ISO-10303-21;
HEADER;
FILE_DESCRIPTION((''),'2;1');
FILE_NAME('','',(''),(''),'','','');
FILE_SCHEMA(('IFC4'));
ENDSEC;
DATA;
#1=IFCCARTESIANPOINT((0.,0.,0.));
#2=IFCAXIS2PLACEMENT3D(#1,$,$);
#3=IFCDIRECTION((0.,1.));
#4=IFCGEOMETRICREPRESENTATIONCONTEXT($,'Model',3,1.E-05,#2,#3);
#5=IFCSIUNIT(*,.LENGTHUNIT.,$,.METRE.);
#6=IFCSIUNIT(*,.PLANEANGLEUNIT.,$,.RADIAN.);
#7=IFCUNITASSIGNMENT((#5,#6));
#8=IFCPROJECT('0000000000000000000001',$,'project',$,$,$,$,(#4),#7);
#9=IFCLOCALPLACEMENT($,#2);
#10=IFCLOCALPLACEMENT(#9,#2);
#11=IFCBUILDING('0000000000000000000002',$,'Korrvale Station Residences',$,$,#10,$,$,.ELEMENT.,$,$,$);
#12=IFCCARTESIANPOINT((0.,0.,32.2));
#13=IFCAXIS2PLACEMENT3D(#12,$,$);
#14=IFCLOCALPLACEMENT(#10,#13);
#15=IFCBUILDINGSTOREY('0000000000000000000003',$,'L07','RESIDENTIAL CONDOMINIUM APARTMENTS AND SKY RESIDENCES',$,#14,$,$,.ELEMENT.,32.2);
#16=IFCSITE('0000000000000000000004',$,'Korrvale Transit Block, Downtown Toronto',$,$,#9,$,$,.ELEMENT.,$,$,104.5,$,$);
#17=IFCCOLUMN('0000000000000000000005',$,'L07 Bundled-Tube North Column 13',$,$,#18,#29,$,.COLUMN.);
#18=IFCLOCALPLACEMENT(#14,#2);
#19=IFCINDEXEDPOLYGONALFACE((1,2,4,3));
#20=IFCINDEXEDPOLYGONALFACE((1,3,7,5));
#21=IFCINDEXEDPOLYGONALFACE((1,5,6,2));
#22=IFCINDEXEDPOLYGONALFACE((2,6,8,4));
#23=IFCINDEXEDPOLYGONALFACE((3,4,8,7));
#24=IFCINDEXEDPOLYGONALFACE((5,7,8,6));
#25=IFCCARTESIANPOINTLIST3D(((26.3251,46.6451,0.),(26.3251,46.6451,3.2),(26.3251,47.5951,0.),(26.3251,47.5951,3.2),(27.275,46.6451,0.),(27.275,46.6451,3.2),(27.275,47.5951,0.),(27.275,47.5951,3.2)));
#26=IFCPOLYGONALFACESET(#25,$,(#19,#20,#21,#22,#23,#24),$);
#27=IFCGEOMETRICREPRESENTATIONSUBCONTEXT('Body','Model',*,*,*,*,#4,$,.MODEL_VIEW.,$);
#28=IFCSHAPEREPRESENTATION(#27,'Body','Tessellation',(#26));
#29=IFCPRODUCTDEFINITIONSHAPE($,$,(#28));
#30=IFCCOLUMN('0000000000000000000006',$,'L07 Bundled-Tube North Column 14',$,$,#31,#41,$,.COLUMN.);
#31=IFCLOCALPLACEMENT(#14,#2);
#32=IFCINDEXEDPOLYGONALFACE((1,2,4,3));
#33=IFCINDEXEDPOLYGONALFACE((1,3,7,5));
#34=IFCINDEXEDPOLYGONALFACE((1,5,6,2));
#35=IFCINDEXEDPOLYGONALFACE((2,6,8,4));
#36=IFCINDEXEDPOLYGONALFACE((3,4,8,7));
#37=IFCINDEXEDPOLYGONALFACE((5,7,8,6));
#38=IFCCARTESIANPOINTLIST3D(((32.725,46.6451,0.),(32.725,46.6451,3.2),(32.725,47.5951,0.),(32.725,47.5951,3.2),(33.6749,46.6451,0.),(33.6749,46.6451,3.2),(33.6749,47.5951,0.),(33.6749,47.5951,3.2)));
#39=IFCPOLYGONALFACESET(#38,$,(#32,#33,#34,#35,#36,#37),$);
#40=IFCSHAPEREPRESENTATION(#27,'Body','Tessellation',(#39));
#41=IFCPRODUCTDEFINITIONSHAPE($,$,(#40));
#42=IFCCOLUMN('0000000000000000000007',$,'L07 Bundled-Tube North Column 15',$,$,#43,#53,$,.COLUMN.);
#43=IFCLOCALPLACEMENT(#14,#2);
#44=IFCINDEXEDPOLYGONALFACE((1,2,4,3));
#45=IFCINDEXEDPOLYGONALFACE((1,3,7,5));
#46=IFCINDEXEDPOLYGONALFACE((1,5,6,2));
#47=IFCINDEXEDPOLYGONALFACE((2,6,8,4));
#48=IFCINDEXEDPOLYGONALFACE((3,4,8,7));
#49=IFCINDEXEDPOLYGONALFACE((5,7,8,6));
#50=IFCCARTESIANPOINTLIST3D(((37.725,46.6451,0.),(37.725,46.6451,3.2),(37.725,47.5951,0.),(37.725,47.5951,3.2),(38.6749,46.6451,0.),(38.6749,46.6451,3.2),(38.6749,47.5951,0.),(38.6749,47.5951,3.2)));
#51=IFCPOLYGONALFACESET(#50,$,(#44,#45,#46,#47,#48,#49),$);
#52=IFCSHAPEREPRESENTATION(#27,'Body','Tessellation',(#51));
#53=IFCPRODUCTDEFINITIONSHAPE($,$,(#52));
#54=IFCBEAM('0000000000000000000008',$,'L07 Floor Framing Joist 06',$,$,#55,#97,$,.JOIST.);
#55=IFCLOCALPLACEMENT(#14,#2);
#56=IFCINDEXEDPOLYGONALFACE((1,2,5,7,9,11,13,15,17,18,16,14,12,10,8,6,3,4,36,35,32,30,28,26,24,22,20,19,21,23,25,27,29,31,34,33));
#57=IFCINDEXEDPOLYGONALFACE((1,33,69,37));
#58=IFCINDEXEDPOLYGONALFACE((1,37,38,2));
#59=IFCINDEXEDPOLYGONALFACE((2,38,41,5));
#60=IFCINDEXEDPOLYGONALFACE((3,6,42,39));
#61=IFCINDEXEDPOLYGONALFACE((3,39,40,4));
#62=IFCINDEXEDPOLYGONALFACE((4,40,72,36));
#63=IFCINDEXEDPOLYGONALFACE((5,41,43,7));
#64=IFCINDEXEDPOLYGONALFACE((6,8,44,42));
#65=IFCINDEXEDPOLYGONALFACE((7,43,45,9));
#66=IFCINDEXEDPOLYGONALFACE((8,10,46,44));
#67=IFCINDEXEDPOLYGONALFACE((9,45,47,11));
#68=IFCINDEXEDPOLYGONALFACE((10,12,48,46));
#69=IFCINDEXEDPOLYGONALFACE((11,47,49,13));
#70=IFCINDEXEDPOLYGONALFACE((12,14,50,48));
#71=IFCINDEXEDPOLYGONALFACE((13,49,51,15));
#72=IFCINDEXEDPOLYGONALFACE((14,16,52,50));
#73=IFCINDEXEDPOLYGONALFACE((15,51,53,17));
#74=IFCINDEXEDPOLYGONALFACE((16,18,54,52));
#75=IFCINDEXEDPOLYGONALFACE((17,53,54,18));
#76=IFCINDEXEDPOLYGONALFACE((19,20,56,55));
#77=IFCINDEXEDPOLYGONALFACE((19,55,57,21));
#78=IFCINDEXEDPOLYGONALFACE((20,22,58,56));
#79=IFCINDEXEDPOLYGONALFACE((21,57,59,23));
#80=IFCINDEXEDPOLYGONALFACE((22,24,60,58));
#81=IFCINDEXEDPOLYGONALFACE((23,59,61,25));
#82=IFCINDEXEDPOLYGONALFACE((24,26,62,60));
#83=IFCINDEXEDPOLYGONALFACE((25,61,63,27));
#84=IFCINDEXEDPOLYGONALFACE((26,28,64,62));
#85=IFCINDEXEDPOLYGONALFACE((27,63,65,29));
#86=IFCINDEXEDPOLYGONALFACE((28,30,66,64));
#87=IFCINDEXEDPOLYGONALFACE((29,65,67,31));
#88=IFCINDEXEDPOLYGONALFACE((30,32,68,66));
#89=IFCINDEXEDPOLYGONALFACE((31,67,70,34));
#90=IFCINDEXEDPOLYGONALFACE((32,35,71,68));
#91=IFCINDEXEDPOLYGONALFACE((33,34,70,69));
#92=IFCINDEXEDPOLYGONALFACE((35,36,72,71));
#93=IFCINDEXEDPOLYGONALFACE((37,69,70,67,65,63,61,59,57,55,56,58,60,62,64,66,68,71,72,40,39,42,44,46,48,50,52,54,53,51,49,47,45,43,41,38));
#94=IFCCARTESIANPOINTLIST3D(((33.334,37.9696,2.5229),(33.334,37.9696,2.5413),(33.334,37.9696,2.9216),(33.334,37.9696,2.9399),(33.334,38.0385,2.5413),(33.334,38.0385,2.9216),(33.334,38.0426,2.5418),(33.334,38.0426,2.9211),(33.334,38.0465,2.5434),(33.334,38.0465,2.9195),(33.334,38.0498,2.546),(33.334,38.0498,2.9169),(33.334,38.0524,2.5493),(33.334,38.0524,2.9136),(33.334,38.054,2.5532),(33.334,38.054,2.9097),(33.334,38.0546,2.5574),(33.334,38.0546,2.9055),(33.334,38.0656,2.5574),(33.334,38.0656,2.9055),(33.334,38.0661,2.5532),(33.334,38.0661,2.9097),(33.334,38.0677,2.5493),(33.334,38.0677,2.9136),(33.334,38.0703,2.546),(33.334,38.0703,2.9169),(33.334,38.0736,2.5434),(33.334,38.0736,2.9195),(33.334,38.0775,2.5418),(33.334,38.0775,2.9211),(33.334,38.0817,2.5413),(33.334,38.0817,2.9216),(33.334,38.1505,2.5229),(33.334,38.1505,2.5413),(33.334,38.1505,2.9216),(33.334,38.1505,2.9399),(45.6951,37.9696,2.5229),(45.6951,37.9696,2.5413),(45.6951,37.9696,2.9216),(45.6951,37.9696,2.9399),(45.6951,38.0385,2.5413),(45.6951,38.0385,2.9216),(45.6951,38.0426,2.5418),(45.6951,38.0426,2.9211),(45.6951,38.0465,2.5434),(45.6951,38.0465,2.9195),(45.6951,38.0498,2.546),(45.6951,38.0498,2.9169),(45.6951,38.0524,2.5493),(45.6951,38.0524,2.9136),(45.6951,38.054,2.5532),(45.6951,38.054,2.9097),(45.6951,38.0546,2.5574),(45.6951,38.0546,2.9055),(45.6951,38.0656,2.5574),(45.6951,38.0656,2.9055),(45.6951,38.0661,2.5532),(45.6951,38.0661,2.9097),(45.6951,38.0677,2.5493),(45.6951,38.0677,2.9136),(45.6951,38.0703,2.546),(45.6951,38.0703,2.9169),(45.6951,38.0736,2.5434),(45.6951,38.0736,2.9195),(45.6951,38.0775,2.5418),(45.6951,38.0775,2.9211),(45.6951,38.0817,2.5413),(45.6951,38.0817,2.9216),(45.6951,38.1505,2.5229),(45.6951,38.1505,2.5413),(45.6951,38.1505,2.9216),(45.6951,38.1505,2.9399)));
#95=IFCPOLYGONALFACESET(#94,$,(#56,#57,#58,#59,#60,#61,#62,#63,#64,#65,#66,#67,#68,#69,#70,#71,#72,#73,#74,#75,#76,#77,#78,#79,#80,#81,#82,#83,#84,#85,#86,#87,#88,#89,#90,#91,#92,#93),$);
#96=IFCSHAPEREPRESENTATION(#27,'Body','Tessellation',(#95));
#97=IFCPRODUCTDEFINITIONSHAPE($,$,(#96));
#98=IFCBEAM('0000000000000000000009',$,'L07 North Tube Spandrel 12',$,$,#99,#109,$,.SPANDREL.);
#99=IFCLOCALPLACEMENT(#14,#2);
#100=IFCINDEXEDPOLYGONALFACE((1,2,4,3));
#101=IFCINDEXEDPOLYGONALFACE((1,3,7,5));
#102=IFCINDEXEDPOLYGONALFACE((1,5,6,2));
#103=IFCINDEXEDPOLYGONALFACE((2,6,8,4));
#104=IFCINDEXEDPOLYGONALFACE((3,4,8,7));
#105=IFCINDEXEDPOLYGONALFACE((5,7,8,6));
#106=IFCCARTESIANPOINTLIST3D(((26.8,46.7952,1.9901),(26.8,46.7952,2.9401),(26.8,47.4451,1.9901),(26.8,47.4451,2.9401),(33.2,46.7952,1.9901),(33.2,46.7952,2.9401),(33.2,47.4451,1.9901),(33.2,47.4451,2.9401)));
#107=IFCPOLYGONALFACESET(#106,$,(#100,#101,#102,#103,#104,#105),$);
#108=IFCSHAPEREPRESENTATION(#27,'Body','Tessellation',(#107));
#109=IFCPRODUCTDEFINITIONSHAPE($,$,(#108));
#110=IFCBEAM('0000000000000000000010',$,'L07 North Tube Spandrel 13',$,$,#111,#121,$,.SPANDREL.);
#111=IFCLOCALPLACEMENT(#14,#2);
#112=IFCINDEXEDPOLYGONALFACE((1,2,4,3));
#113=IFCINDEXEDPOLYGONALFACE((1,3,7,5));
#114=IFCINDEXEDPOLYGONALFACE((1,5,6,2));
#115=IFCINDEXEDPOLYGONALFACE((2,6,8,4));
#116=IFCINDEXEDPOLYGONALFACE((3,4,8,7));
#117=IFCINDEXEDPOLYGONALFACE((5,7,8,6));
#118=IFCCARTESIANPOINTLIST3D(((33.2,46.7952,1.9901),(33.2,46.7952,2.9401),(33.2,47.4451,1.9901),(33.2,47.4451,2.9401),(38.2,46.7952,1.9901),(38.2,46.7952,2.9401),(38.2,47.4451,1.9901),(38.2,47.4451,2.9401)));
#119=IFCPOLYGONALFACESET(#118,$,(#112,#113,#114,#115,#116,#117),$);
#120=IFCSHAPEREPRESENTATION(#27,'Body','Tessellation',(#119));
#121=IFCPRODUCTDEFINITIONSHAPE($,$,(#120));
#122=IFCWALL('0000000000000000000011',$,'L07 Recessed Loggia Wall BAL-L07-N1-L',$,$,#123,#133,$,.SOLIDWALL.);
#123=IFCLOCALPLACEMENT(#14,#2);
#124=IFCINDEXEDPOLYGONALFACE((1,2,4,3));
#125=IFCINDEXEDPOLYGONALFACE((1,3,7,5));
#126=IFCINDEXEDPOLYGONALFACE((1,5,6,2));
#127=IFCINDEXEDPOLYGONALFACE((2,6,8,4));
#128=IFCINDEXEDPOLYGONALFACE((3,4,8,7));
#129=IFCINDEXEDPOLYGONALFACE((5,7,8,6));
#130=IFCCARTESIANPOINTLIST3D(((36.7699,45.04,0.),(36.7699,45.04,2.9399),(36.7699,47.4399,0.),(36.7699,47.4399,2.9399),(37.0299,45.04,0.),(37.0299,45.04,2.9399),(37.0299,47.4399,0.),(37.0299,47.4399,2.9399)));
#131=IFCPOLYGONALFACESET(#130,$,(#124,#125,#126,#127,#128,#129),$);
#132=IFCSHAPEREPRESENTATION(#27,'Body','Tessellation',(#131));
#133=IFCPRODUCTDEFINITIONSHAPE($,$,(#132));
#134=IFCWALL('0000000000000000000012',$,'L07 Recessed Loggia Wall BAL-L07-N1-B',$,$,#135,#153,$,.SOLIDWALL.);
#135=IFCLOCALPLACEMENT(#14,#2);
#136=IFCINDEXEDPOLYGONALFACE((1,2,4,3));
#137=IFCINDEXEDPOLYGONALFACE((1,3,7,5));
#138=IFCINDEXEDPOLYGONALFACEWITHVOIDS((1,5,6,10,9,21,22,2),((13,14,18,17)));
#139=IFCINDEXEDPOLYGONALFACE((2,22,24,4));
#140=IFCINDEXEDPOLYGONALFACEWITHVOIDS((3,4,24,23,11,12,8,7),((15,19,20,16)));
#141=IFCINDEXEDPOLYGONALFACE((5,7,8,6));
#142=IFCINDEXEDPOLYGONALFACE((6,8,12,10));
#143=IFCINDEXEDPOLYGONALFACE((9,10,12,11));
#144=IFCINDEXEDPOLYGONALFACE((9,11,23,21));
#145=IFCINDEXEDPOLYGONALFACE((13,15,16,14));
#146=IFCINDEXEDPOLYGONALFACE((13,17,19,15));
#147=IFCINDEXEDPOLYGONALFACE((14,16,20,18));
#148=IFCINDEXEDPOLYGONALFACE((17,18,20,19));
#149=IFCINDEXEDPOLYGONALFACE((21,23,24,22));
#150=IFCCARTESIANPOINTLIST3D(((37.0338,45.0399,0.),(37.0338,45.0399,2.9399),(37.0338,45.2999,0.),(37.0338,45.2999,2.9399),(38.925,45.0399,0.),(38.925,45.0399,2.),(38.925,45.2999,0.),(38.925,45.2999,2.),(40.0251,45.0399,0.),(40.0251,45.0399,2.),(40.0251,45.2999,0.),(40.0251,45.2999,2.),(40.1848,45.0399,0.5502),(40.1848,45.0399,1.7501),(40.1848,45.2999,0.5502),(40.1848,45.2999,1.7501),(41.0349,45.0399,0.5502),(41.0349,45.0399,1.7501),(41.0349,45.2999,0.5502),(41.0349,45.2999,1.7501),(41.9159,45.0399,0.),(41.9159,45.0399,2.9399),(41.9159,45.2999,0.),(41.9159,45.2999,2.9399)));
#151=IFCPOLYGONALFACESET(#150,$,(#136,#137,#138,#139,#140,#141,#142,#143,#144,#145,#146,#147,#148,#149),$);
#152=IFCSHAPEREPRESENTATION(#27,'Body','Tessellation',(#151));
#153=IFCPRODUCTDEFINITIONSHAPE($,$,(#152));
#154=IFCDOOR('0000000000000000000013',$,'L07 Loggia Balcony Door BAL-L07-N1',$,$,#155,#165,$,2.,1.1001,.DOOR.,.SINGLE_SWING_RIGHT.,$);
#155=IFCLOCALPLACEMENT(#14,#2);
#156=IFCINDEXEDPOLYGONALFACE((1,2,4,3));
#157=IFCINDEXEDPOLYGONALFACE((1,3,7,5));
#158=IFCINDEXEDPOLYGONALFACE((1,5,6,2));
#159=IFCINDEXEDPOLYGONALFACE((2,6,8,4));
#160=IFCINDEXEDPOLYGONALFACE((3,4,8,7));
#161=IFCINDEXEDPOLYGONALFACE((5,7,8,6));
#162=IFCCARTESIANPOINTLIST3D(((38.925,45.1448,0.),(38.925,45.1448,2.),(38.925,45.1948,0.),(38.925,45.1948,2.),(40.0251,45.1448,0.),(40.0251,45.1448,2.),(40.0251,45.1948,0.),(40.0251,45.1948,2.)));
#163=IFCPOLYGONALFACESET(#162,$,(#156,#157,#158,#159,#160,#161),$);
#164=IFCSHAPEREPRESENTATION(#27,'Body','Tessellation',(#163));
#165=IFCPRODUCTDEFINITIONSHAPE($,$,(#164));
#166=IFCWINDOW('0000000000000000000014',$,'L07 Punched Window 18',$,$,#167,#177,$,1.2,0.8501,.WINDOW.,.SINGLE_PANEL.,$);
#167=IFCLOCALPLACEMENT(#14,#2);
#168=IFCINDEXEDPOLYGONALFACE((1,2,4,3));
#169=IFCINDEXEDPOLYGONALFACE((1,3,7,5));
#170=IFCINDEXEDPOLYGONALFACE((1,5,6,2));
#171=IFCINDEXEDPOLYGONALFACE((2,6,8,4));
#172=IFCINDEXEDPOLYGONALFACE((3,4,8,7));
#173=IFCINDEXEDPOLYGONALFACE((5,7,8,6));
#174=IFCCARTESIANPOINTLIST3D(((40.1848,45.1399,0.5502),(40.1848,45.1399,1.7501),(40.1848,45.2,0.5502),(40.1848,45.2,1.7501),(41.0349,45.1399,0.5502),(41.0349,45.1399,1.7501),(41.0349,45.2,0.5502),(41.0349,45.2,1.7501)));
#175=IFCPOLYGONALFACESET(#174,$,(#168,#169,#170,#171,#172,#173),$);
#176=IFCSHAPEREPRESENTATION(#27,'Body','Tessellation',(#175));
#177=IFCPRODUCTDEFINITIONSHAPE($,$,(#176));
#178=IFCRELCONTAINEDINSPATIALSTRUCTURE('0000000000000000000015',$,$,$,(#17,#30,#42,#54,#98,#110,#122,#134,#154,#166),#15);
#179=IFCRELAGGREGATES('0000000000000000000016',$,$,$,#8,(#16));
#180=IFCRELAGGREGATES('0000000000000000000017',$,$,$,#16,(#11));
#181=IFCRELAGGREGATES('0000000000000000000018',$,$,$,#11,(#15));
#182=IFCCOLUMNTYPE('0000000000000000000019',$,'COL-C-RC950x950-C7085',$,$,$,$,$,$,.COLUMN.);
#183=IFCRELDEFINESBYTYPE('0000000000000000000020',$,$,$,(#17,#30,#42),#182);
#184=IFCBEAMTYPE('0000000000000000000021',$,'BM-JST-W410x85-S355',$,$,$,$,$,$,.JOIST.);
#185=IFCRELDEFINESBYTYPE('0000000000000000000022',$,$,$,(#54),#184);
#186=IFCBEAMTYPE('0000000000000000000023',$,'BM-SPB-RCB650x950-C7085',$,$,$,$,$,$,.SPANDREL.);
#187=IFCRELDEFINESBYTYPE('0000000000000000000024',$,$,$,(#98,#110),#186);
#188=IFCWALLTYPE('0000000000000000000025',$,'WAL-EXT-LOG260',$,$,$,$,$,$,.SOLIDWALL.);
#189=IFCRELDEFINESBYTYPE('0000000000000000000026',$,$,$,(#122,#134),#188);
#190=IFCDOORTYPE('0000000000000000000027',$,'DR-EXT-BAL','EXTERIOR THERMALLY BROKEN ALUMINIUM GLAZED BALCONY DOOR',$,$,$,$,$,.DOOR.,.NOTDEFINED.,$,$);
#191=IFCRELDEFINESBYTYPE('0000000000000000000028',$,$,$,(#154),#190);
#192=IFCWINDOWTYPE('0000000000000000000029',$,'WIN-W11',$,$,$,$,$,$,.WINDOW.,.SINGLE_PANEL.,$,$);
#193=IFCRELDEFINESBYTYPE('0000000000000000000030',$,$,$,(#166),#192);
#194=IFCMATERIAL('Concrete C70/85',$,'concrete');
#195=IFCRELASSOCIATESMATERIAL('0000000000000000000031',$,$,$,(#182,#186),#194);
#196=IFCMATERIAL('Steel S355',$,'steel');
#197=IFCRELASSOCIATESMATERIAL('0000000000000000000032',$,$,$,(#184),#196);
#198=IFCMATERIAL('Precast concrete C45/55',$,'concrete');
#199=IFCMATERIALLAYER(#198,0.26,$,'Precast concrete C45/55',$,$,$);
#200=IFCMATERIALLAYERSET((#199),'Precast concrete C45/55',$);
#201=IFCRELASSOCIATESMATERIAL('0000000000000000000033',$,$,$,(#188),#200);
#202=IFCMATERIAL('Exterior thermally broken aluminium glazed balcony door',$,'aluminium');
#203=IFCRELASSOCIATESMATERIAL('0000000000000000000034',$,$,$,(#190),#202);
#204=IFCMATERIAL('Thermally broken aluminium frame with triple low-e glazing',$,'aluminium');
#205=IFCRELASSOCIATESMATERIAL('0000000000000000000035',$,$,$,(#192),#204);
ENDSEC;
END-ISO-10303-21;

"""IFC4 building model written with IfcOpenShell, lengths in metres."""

from ifc_helpers import new_model, si_unit, direction, frame, frame_2d, origin, origin_2d, place, context, subcontext, project, spatial, rectangle, i_section, extrude, material, layer, layer_set, material_profile, profile_set, type_object, element, fill, save


model = new_model("IFC4")

# Units and contexts
model_context = context("Model", 3, precision=1e-05, world=origin(), true_north=direction((0.0, 1.0)))
body_context = subcontext(model_context, "Body", "Model", "MODEL_VIEW")
ifc_project = project(units=[si_unit("LENGTHUNIT", "METRE"), si_unit("PLANEANGLEUNIT", "RADIAN")], contexts=[model_context])

# Site, building, storey
site_placement = place(None, origin())
site = spatial("IfcSite", under=ifc_project, at=site_placement, Name="Korrvale Transit Block, Downtown Toronto", CompositionType="ELEMENT", RefElevation=104.5)
building_placement = place(site_placement, origin())
building = spatial("IfcBuilding", under=site, at=building_placement, Name="Korrvale Station Residences", CompositionType="ELEMENT")
storey_placement = place(building_placement, frame((0.0, 0.0, 32.2)))
storey = spatial("IfcBuildingStorey", under=building, at=storey_placement, Name="L07", Description="RESIDENTIAL CONDOMINIUM APARTMENTS AND SKY RESIDENCES", CompositionType="ELEMENT", Elevation=32.2)

# Columns
ifc_material_1 = material(Name="Concrete C70/85", Category="concrete")
ifc_material_profile_1 = material_profile(ifc_material_1, rectangle(XDim=0.95, YDim=0.95, at=origin_2d()), Name="RC950x950")
ifc_profile_set_1 = profile_set([ifc_material_profile_1], Name="Concrete C70/85")
column_type = type_object("IfcColumnType", Name="COL-C-RC950x950-C7085", PredefinedType="COLUMN", material=ifc_profile_set_1)
for number, where, z_axis, x_axis, name in (
    (1, (26.8, 47.1201, 0.0), (0.0, 0.0, 1.0), (1.0, 0.0, 0.0), "L07 Bundled-Tube North Column 13"),
    (2, (33.2, 47.1201, 0.0), (0.0, 0.0, 1.0), (1.0, 0.0, 0.0), "L07 Bundled-Tube North Column 14"),
    (3, (38.2, 47.1201, 0.0), (0.0, 0.0, 1.0), (1.0, 0.0, 0.0), "L07 Bundled-Tube North Column 15"),
):
    element("IfcColumn", number, at=place(storey_placement, frame(where, z_axis=z_axis, x_axis=x_axis)), inside=storey, type_object=column_type, Name=name, PredefinedType="COLUMN", context=body_context, shape_type="SweptSolid", body=[
        extrude(rectangle(XDim=0.95, YDim=0.95, at=origin_2d()), origin(), (0.0, 0.0, 1.0), 3.2),
    ])

# Beams
ifc_material_2 = material(Name="Steel S355", Category="steel")
ifc_material_profile_2 = material_profile(ifc_material_2, i_section(OverallWidth=0.1809, OverallDepth=0.417, WebThickness=0.011, FlangeThickness=0.0183, FilletRadius=0.0161, at=origin_2d()), Name="W410x85")
ifc_profile_set_2 = profile_set([ifc_material_profile_2], Name="Steel S355")
beam_type_1 = type_object("IfcBeamType", Name="BM-JST-W410x85-S355", PredefinedType="JOIST", material=ifc_profile_set_2)
beam_1_placement = place(storey_placement, frame((33.334, 38.0601, 2.7314), z_axis=(1.0, 0.0, 0.0), x_axis=(0.0, 1.0, 0.0)))
element("IfcBeam", 4, at=beam_1_placement, inside=storey, type_object=beam_type_1, Name="L07 Floor Framing Joist 06", PredefinedType="JOIST", context=body_context, shape_type="SweptSolid", body=[
    extrude(i_section(OverallWidth=0.1809, OverallDepth=0.417, WebThickness=0.011, FlangeThickness=0.0183, FilletRadius=0.0161, at=origin_2d()), origin(), (0.0, 0.0, 1.0), 12.3611),
])
ifc_material_profile_3 = material_profile(ifc_material_1, rectangle(XDim=0.6499, YDim=0.95, at=origin_2d()), Name="RCB650x950")
ifc_profile_set_3 = profile_set([ifc_material_profile_3], Name="Concrete C70/85")
beam_type_2 = type_object("IfcBeamType", Name="BM-SPB-RCB650x950-C7085", PredefinedType="SPANDREL", material=ifc_profile_set_3)
beam_2_placement = place(storey_placement, frame((26.8, 47.1201, 2.4651), z_axis=(1.0, 0.0, 0.0), x_axis=(0.0, 1.0, 0.0)))
element("IfcBeam", 5, at=beam_2_placement, inside=storey, type_object=beam_type_2, Name="L07 North Tube Spandrel 12", PredefinedType="SPANDREL", context=body_context, shape_type="SweptSolid", body=[
    extrude(rectangle(XDim=0.6499, YDim=0.95, at=origin_2d()), origin(), (0.0, 0.0, 1.0), 6.3999),
])
beam_3_placement = place(storey_placement, frame((33.2, 47.1201, 2.4651), z_axis=(1.0, 0.0, 0.0), x_axis=(0.0, 1.0, 0.0)))
element("IfcBeam", 6, at=beam_3_placement, inside=storey, type_object=beam_type_2, Name="L07 North Tube Spandrel 13", PredefinedType="SPANDREL", context=body_context, shape_type="SweptSolid", body=[
    extrude(rectangle(XDim=0.6499, YDim=0.95, at=origin_2d()), origin(), (0.0, 0.0, 1.0), 5.0),
])

# Wall
ifc_material_3 = material(Name="Precast concrete C45/55", Category="concrete")
ifc_layer_1 = layer(ifc_material_3, 0.26, Name="Precast concrete C45/55")
ifc_layer_set_1 = layer_set([ifc_layer_1], Name="Precast concrete C45/55")
wall_type_1 = type_object("IfcWallType", Name="WAL-EXT-LOG260", PredefinedType="SOLIDWALL", material=ifc_layer_set_1)
wall_1_placement = place(storey_placement, frame((36.8999, 47.4399, 0.0), z_axis=(0.0, 0.0, 1.0), x_axis=(0.0, -1.0, 0.0)))
element("IfcWall", 7, at=wall_1_placement, inside=storey, type_object=wall_type_1, Name="L07 Recessed Loggia Wall BAL-L07-N1-L", PredefinedType="SOLIDWALL", context=body_context, shape_type="SweptSolid", body=[
    extrude(rectangle(XDim=2.3999, YDim=0.26, at=frame_2d((1.2, 0.0))), origin(), (0.0, 0.0, 1.0), 2.9399),
])

# Wall, openings, door, window
wall_2_placement = place(storey_placement, frame((37.0339, 45.1699, 0.0), z_axis=(0.0, 0.0, 1.0), x_axis=(1.0, 0.0, 0.0)))
wall_2 = element("IfcWall", 8, at=wall_2_placement, inside=storey, type_object=wall_type_1, Name="L07 Recessed Loggia Wall BAL-L07-N1-B", PredefinedType="SOLIDWALL", context=body_context, shape_type="SweptSolid", body=[
    extrude(rectangle(XDim=4.8821, YDim=0.26, at=frame_2d((2.4409, 0.0))), origin(), (0.0, 0.0, 1.0), 2.9399),
])
opening_1_placement = place(wall_2_placement, frame((1.8911, 0.0, 0.0)))
opening_1 = element("IfcOpeningElement", 9, at=opening_1_placement, cuts=wall_2, PredefinedType="OPENING", context=body_context, shape_type="SweptSolid", body=[
    extrude(rectangle(XDim=1.1001, YDim=2.0, at=frame_2d((0.55, 1.0))), frame((0.0, 0.1401, 0.0), z_axis=(0.0, -1.0, 0.0), x_axis=(1.0, 0.0, 0.0)), (0.0, 0.0, 1.0), 0.28),
])
opening_2_placement = place(wall_2_placement, frame((3.1509, 0.0, 0.55)))
opening_2 = element("IfcOpeningElement", 10, at=opening_2_placement, cuts=wall_2, PredefinedType="OPENING", context=body_context, shape_type="SweptSolid", body=[
    extrude(rectangle(XDim=0.8501, YDim=1.2, at=frame_2d((0.425, 0.6001))), frame((0.0, 0.1401, 0.0), z_axis=(0.0, -1.0, 0.0), x_axis=(1.0, 0.0, 0.0)), (0.0, 0.0, 1.0), 0.28),
])
ifc_material_4 = material(Name="Exterior thermally broken aluminium glazed balcony door", Category="aluminium")
door_type_1 = type_object("IfcDoorType", Name="DR-EXT-BAL", Description="EXTERIOR THERMALLY BROKEN ALUMINIUM GLAZED BALCONY DOOR", OperationType="NOTDEFINED", PredefinedType="DOOR", material=ifc_material_4)
door_1_placement = place(opening_1_placement, origin())
door_1 = element("IfcDoor", 11, at=door_1_placement, inside=storey, type_object=door_type_1, Name="L07 Loggia Balcony Door BAL-L07-N1", OperationType="SINGLE_SWING_RIGHT", OverallHeight=2.0, OverallWidth=1.1001, PredefinedType="DOOR", context=body_context, shape_type="SweptSolid", body=[
    extrude(rectangle(XDim=1.1001, YDim=2.0, at=frame_2d((0.55, 1.0))), frame((0.0, 0.0249, 0.0), z_axis=(0.0, -1.0, 0.0), x_axis=(1.0, 0.0, 0.0)), (0.0, 0.0, 1.0), 0.05),
])
fill(opening_1, door_1)
ifc_material_5 = material(Name="Thermally broken aluminium frame with triple low-e glazing", Category="aluminium")
window_type = type_object("IfcWindowType", Name="WIN-W11", PartitioningType="SINGLE_PANEL", PredefinedType="WINDOW", material=ifc_material_5)
window_placement = place(opening_2_placement, origin())
window = element("IfcWindow", 12, at=window_placement, inside=storey, type_object=window_type, Name="L07 Punched Window 18", OverallHeight=1.2, OverallWidth=0.8501, PartitioningType="SINGLE_PANEL", PredefinedType="WINDOW", context=body_context, shape_type="SweptSolid", body=[
    extrude(rectangle(XDim=0.8501, YDim=1.2, at=frame_2d((0.425, 0.6001))), frame((0.0, 0.03, 0.0), z_axis=(0.0, -1.0, 0.0), x_axis=(1.0, 0.0, 0.0)), (0.0, 0.0, 1.0), 0.0601),
])
fill(opening_2, window)

save(model, "model.ifc")
